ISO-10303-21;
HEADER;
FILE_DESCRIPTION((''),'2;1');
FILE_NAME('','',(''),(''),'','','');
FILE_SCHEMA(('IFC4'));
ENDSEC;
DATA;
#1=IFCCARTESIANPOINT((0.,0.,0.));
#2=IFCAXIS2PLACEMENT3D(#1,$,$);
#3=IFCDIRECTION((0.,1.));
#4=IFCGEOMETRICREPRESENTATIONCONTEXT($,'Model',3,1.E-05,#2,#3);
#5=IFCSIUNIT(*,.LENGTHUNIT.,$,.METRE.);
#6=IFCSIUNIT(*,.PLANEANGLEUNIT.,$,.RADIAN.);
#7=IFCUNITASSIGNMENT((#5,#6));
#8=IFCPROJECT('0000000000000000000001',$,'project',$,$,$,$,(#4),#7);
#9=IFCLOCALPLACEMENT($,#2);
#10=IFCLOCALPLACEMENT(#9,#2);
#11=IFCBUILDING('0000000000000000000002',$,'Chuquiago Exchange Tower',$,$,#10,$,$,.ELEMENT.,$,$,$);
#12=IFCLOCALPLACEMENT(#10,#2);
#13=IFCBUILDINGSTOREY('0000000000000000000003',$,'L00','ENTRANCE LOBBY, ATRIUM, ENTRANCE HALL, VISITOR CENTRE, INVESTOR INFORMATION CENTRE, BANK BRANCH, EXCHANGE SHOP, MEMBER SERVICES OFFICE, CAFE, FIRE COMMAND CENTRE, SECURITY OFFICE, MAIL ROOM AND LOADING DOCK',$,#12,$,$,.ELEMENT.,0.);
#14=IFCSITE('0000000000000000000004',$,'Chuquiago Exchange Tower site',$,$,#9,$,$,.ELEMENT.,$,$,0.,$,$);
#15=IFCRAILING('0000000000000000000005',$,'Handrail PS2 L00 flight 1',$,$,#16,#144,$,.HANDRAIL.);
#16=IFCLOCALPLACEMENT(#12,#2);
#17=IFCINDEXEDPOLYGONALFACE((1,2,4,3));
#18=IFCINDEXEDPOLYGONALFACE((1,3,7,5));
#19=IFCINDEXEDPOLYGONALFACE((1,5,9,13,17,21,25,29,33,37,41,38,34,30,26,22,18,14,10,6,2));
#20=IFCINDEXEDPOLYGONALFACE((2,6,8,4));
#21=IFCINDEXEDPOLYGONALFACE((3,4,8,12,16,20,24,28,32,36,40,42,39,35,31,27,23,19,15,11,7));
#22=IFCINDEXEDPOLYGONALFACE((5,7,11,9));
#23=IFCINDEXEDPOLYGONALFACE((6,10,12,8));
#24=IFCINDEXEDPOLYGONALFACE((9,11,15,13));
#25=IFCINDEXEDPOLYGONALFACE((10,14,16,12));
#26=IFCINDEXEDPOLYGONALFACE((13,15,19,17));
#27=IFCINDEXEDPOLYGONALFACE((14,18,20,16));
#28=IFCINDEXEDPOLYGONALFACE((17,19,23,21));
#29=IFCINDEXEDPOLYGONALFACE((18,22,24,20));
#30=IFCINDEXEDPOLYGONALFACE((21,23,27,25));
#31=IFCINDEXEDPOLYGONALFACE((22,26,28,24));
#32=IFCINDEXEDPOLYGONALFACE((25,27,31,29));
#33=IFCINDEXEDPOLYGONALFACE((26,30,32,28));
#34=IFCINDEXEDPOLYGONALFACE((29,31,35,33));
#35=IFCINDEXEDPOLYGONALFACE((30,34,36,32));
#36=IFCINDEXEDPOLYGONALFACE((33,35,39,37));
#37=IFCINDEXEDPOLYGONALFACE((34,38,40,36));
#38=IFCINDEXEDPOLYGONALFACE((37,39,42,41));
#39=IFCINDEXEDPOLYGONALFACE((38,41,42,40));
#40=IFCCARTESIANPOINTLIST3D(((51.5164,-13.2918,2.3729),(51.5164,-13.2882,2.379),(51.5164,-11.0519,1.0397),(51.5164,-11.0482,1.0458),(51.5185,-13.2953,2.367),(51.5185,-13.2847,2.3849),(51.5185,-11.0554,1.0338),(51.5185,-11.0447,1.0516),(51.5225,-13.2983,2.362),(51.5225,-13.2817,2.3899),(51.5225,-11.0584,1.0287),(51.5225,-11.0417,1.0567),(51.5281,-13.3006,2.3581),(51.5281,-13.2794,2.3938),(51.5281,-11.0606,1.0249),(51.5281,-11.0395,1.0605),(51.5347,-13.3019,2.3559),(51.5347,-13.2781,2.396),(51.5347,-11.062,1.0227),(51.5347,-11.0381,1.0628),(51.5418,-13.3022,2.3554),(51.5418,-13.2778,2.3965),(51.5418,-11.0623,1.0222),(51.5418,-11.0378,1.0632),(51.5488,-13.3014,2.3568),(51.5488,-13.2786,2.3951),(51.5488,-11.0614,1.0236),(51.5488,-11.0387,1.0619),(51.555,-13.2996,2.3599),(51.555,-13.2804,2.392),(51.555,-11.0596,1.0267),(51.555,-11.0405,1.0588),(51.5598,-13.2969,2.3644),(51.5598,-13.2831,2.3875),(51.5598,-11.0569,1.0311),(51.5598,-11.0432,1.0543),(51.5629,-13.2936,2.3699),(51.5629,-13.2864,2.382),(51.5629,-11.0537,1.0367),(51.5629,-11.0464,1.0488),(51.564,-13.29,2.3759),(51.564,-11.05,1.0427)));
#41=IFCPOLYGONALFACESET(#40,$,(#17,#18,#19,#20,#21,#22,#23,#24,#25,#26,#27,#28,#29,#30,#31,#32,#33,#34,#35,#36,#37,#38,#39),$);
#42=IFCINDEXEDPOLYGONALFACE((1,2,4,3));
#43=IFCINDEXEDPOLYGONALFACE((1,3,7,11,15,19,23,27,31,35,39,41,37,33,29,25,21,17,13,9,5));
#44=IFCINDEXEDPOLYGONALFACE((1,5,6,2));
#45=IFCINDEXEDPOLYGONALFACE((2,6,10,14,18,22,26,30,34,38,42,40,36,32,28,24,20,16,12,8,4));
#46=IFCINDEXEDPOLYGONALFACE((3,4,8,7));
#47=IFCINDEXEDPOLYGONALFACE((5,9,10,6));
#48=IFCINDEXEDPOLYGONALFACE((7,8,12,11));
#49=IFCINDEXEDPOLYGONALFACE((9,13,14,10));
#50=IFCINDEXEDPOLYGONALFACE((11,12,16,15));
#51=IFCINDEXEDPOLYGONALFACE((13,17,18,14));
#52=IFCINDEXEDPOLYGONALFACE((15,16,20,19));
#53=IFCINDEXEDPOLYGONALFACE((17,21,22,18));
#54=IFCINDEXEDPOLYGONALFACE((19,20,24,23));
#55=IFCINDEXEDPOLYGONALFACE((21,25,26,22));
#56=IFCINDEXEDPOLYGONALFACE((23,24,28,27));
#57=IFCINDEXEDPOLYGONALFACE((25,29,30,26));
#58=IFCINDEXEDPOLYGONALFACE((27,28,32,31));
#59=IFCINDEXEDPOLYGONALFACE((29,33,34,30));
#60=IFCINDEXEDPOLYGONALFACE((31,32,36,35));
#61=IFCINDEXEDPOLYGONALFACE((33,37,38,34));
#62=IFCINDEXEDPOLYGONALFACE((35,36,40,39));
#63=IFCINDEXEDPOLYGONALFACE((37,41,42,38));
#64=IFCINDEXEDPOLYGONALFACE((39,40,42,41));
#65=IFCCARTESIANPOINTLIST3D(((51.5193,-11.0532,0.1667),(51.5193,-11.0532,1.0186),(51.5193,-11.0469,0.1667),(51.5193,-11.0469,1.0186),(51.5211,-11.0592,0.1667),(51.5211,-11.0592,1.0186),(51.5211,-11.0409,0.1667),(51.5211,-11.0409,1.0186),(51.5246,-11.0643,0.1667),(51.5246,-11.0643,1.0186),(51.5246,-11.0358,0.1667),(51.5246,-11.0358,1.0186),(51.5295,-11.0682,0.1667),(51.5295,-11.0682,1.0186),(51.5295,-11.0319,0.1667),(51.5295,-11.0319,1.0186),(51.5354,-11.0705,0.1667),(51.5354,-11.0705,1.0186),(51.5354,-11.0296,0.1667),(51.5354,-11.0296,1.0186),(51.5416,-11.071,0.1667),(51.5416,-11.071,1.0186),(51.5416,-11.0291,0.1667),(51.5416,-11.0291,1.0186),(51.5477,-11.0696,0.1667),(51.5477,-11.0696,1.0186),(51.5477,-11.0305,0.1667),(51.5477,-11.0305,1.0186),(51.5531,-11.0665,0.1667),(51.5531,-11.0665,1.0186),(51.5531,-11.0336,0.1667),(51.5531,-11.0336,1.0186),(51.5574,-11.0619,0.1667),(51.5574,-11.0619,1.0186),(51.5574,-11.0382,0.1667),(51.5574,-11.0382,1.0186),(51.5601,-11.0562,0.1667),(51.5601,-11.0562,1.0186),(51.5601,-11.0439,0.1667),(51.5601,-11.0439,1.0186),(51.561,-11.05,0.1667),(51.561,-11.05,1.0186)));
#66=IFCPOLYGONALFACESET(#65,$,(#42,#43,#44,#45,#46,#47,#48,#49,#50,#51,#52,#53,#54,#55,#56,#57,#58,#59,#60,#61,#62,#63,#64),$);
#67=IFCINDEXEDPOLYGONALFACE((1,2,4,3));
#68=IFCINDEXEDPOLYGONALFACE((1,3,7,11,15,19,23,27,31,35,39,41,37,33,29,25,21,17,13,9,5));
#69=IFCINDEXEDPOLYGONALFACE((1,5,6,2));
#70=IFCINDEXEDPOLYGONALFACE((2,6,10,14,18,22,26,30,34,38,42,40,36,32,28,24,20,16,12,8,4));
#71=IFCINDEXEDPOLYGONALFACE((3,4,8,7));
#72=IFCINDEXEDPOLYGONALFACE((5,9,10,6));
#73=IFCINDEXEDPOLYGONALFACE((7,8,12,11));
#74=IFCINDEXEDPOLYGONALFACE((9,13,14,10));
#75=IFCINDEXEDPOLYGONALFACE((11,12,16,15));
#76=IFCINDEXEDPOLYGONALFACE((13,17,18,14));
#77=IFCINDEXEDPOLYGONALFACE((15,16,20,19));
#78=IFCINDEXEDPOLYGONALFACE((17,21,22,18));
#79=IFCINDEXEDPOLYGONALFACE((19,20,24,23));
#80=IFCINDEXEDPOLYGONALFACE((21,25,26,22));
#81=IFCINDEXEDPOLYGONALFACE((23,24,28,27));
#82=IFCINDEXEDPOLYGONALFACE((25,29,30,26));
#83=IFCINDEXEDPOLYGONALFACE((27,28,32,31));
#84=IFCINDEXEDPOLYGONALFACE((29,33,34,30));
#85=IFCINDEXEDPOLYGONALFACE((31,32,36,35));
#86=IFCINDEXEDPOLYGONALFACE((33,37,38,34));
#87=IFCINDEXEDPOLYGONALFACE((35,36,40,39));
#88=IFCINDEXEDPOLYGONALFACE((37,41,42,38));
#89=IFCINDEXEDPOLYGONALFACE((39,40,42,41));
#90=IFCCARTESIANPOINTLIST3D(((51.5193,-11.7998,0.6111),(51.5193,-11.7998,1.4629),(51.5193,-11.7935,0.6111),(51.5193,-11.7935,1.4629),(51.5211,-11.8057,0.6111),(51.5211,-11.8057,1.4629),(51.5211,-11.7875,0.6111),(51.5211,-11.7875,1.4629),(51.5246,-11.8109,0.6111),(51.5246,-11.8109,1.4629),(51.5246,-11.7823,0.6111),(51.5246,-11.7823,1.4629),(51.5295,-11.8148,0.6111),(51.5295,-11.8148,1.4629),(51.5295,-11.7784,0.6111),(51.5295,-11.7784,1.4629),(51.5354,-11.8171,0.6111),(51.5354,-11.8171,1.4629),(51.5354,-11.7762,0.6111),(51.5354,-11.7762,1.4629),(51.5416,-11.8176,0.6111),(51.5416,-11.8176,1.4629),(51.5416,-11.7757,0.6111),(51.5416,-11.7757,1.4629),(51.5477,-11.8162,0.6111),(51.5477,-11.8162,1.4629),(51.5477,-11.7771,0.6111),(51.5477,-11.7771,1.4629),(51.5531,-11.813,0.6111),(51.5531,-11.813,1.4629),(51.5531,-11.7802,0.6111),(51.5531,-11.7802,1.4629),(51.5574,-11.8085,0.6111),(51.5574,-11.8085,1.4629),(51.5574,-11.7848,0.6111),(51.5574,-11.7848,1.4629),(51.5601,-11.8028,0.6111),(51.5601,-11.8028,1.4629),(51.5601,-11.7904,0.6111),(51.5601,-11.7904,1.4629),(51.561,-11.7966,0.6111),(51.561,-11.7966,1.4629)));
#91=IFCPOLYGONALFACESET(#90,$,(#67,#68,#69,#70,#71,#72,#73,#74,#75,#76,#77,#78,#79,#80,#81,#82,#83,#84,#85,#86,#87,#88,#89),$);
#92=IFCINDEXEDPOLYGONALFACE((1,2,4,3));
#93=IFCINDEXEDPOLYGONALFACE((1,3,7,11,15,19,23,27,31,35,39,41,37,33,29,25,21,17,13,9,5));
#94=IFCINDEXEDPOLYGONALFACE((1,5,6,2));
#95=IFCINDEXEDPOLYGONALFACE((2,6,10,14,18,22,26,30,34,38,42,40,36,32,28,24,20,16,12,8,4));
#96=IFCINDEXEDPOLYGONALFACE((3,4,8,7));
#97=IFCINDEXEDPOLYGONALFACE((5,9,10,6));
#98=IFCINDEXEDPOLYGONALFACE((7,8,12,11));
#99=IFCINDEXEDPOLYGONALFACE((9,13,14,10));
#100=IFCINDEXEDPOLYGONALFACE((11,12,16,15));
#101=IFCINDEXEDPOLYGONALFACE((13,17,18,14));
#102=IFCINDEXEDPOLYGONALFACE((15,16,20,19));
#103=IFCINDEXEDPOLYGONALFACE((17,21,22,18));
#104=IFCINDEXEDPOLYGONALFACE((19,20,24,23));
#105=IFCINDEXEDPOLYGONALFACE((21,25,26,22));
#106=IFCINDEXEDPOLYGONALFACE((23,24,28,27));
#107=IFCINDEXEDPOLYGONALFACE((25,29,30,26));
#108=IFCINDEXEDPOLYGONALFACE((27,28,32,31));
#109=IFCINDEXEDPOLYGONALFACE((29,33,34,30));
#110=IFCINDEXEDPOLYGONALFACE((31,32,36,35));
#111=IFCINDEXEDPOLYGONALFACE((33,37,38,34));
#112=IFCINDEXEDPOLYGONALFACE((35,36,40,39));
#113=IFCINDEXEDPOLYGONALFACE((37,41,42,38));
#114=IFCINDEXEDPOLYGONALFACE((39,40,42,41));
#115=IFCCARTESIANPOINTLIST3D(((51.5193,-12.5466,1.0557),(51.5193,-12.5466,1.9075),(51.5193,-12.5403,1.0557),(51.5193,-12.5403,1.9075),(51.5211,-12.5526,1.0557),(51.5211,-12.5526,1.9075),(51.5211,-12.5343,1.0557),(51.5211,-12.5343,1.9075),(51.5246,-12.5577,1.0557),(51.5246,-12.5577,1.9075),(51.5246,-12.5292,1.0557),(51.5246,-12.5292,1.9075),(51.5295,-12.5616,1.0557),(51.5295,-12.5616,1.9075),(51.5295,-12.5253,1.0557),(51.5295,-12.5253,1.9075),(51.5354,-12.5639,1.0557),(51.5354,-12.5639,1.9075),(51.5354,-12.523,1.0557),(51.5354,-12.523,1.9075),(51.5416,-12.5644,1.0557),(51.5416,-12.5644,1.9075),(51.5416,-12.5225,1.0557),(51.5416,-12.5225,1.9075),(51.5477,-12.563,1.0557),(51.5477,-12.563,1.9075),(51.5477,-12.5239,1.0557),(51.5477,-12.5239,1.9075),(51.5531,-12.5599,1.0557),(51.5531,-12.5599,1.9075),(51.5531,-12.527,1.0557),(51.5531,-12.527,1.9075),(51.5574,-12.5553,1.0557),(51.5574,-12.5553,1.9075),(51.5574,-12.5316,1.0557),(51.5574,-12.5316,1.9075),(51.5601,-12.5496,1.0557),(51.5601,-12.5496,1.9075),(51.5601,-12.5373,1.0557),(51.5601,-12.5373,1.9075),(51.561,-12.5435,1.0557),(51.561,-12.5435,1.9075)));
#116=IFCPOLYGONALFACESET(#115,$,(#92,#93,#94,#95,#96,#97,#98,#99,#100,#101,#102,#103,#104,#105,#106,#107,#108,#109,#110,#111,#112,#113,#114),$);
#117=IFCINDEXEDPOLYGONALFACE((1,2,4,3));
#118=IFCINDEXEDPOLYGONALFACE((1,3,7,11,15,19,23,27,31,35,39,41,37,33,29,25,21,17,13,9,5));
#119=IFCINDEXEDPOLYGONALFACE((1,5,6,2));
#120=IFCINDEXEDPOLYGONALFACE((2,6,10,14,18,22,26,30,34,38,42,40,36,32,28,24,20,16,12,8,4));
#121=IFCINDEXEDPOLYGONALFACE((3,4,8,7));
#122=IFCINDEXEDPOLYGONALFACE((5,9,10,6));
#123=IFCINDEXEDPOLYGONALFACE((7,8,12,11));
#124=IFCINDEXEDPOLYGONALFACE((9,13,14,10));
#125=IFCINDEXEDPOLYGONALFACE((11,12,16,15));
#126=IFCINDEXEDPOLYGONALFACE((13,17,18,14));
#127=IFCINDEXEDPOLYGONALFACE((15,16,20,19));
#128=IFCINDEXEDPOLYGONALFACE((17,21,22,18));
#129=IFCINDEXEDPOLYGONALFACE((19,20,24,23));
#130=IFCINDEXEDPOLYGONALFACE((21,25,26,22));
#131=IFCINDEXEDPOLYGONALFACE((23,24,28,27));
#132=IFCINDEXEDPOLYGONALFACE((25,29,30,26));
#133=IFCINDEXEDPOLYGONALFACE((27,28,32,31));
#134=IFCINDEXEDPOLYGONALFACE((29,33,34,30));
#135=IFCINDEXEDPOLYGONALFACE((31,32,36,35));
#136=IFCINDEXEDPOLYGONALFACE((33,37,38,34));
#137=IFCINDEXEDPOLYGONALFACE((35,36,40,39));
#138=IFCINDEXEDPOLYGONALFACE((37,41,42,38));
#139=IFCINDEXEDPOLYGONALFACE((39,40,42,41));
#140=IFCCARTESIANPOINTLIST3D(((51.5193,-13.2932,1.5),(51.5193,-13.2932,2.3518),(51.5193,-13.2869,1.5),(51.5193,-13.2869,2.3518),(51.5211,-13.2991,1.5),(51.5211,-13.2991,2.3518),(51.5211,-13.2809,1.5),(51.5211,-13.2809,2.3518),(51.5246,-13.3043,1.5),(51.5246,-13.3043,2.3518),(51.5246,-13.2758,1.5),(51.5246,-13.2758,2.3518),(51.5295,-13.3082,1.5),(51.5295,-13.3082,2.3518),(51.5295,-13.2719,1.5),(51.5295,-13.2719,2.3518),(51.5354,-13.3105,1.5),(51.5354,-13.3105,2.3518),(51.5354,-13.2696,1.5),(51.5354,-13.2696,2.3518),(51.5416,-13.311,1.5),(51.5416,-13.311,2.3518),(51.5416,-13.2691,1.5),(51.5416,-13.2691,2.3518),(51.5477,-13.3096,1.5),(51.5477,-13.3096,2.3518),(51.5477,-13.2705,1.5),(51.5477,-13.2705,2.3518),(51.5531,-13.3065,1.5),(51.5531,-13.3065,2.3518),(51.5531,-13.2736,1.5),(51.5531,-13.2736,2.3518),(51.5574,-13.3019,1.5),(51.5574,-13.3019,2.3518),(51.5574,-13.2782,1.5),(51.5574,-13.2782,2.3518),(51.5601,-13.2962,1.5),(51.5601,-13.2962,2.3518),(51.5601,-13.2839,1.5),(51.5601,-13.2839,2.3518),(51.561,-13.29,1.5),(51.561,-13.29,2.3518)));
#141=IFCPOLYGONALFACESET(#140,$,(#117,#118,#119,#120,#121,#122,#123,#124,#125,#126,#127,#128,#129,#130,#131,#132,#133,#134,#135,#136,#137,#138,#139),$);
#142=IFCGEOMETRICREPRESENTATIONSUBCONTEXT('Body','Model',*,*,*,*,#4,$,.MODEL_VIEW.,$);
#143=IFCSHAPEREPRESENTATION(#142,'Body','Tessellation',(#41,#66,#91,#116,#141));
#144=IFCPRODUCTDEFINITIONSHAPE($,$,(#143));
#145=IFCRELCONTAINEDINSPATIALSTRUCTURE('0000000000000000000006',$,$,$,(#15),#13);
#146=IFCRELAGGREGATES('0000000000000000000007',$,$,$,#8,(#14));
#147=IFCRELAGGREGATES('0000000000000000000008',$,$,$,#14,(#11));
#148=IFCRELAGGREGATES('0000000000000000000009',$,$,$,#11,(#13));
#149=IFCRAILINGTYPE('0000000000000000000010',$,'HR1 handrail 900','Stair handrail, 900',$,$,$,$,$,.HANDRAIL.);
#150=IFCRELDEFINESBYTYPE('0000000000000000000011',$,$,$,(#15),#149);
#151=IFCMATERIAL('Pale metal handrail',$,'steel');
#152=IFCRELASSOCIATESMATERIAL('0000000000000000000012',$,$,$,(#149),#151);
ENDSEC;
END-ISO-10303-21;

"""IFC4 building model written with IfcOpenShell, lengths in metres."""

from ifc_helpers import new_model, si_unit, direction, frame, origin, origin_2d, place, context, subcontext, project, spatial, circle, extrude, material, type_object, element, save


model = new_model("IFC4")

# Units and contexts
model_context = context("Model", 3, precision=1e-05, world=origin(), true_north=direction((0.0, 1.0)))
body_context = subcontext(model_context, "Body", "Model", "MODEL_VIEW")
ifc_project = project(units=[si_unit("LENGTHUNIT", "METRE"), si_unit("PLANEANGLEUNIT", "RADIAN")], contexts=[model_context])

# Site, building, storey
site_placement = place(None, origin())
site = spatial("IfcSite", under=ifc_project, at=site_placement, Name="Chuquiago Exchange Tower site", CompositionType="ELEMENT", RefElevation=0.0)
building_placement = place(site_placement, origin())
building = spatial("IfcBuilding", under=site, at=building_placement, Name="Chuquiago Exchange Tower", CompositionType="ELEMENT")
storey_placement = place(building_placement, origin())
storey = spatial("IfcBuildingStorey", under=building, at=storey_placement, Name="L00", Description="ENTRANCE LOBBY, ATRIUM, ENTRANCE HALL, VISITOR CENTRE, INVESTOR INFORMATION CENTRE, BANK BRANCH, EXCHANGE SHOP, MEMBER SERVICES OFFICE, CAFE, FIRE COMMAND CENTRE, SECURITY OFFICE, MAIL ROOM AND LOADING DOCK", CompositionType="ELEMENT", Elevation=0.0)

# Railing
ifc_material_1 = material(Name="Pale metal handrail", Category="steel")
railing_type = type_object("IfcRailingType", Name="HR1 handrail 900", Description="Stair handrail, 900", PredefinedType="HANDRAIL", material=ifc_material_1)
railing_1_placement = place(storey_placement, frame((51.54, -11.05, 0.1667)))
element("IfcRailing", 1, at=railing_1_placement, inside=storey, type_object=railing_type, Name="Handrail PS2 L00 flight 1", PredefinedType="HANDRAIL", context=body_context, shape_type="SweptSolid", body=[
    extrude(circle(Radius=0.0239, at=origin_2d()), frame((0.0, 0.0, 0.876), z_axis=(0.0, -0.859306, 0.511462), x_axis=(1.0, 0.0, 0.0)), (0.0, 0.0, 1.0), 2.6067),
    extrude(circle(Radius=0.021, at=origin_2d()), origin(), (0.0, 0.0, 1.0), 0.8518),
    extrude(circle(Radius=0.021, at=origin_2d()), frame((0.0, -0.7466, 0.4443)), (0.0, 0.0, 1.0), 0.8518),
    extrude(circle(Radius=0.021, at=origin_2d()), frame((0.0, -1.4934, 0.8889)), (0.0, 0.0, 1.0), 0.8518),
    extrude(circle(Radius=0.021, at=origin_2d()), frame((0.0, -2.24, 1.3333)), (0.0, 0.0, 1.0), 0.8518),
])

save(model, "model.ifc")
